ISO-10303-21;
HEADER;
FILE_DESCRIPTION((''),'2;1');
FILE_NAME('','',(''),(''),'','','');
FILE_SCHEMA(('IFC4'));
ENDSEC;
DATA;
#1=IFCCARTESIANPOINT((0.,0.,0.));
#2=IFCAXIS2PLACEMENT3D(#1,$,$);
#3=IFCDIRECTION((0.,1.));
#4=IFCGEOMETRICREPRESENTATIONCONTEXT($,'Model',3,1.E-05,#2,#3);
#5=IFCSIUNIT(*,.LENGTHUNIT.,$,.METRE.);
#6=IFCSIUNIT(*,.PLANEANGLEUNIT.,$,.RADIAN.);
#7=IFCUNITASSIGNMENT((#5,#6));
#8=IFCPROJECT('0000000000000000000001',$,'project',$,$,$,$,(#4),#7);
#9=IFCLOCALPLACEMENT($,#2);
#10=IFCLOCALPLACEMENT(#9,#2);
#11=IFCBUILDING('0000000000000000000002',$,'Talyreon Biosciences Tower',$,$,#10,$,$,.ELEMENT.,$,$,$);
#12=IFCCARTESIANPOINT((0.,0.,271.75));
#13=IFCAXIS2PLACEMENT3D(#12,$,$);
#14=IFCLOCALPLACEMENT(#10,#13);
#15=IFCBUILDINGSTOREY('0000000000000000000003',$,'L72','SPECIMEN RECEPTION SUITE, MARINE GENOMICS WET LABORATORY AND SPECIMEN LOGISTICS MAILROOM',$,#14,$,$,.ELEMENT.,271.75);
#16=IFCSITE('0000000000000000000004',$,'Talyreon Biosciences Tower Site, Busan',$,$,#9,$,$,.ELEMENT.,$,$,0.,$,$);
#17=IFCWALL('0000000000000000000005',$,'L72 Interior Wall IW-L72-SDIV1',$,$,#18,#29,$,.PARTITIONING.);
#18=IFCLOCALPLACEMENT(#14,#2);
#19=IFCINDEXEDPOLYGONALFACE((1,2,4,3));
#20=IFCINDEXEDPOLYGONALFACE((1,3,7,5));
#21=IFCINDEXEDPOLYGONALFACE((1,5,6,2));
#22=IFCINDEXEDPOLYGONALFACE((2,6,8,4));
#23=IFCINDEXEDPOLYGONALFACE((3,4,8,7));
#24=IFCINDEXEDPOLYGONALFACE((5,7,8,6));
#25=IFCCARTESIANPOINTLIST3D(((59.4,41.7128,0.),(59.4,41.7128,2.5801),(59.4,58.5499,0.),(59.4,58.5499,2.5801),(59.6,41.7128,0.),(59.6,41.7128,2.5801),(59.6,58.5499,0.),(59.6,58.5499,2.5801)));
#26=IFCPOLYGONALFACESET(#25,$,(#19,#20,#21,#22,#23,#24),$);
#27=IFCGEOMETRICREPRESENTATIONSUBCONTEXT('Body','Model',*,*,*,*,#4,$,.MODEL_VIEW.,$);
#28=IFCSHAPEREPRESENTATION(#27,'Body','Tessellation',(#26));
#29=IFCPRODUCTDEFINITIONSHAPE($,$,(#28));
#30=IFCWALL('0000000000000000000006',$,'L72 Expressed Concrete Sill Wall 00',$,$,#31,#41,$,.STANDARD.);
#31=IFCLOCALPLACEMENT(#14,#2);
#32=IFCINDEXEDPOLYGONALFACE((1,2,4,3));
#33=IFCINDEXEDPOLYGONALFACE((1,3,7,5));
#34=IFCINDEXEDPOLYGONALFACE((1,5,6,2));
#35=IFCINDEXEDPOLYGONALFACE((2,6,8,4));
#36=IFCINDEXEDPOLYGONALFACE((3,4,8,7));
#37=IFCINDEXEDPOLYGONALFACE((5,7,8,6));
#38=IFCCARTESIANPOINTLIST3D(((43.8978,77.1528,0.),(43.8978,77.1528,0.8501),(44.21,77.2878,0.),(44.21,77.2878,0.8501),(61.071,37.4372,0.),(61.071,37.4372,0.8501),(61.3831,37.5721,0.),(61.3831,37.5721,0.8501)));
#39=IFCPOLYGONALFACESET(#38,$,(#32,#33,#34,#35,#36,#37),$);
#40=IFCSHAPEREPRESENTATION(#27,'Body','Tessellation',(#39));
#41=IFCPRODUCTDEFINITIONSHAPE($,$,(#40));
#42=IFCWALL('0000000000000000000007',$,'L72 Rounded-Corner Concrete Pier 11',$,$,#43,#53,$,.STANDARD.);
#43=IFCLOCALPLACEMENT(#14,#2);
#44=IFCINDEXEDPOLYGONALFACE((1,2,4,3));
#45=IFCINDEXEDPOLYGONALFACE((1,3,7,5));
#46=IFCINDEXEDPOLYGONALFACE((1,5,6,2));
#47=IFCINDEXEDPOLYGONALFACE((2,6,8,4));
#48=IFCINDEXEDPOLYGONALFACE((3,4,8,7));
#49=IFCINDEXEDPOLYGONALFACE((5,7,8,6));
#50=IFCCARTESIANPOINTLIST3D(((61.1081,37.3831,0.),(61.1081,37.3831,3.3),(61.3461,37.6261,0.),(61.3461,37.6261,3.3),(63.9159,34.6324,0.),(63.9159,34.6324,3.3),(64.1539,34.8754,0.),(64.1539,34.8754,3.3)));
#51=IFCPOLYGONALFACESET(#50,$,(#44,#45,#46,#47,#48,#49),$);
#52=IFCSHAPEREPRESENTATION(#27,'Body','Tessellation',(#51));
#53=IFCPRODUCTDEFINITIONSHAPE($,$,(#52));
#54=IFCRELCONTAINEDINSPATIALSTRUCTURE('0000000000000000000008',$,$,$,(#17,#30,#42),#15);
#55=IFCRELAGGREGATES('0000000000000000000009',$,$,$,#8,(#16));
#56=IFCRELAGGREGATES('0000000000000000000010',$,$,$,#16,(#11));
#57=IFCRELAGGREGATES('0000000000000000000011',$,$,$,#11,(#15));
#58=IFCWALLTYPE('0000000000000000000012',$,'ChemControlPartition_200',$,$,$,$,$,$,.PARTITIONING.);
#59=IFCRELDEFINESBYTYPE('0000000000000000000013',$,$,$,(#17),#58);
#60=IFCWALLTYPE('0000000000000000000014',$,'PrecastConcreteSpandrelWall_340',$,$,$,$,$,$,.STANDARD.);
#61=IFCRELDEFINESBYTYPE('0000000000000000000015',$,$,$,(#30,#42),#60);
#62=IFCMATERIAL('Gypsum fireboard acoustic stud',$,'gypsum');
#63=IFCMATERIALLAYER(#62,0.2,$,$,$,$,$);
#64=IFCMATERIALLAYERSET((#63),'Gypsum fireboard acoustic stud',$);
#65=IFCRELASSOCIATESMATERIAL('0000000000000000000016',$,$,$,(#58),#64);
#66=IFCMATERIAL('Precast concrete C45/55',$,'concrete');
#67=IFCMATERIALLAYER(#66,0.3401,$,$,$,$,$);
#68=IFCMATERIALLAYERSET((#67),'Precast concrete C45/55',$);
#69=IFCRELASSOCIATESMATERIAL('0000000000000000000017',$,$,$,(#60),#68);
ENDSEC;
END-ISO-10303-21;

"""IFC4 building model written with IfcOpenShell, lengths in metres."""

from ifc_helpers import new_model, si_unit, direction, frame, frame_2d, origin, place, context, subcontext, project, spatial, rectangle, extrude, material, layer, layer_set, type_object, element, save


model = new_model("IFC4")

# Units and contexts
model_context = context("Model", 3, precision=1e-05, world=origin(), true_north=direction((0.0, 1.0)))
body_context = subcontext(model_context, "Body", "Model", "MODEL_VIEW")
ifc_project = project(units=[si_unit("LENGTHUNIT", "METRE"), si_unit("PLANEANGLEUNIT", "RADIAN")], contexts=[model_context])

# Site, building, storey
site_placement = place(None, origin())
site = spatial("IfcSite", under=ifc_project, at=site_placement, Name="Talyreon Biosciences Tower Site, Busan", CompositionType="ELEMENT", RefElevation=0.0)
building_placement = place(site_placement, origin())
building = spatial("IfcBuilding", under=site, at=building_placement, Name="Talyreon Biosciences Tower", CompositionType="ELEMENT")
storey_placement = place(building_placement, frame((0.0, 0.0, 271.75)))
storey = spatial("IfcBuildingStorey", under=building, at=storey_placement, Name="L72", Description="SPECIMEN RECEPTION SUITE, MARINE GENOMICS WET LABORATORY AND SPECIMEN LOGISTICS MAILROOM", CompositionType="ELEMENT", Elevation=271.75)

# Shared definitions
ifc_material_1 = material(Name="Precast concrete C45/55", Category="concrete")

# Walls
ifc_material_2 = material(Name="Gypsum fireboard acoustic stud", Category="gypsum")
ifc_layer_1 = layer(ifc_material_2, 0.2)
ifc_layer_set_1 = layer_set([ifc_layer_1], Name="Gypsum fireboard acoustic stud")
wall_type_1 = type_object("IfcWallType", Name="ChemControlPartition_200", PredefinedType="PARTITIONING", material=ifc_layer_set_1)
wall_1_placement = place(storey_placement, frame((59.5, 41.7129, 0.0), z_axis=(0.0, 0.0, 1.0), x_axis=(0.0, 1.0, 0.0)))
element("IfcWall", 1, at=wall_1_placement, inside=storey, type_object=wall_type_1, Name="L72 Interior Wall IW-L72-SDIV1", PredefinedType="PARTITIONING", context=body_context, shape_type="SweptSolid", body=[
    extrude(rectangle(XDim=16.8372, YDim=0.2, at=frame_2d((8.4185, 0.0))), origin(), (0.0, 0.0, 1.0), 2.5801),
])
ifc_layer_2 = layer(ifc_material_1, 0.3401)
ifc_layer_set_2 = layer_set([ifc_layer_2], Name="Precast concrete C45/55")
wall_type_2 = type_object("IfcWallType", Name="PrecastConcreteSpandrelWall_340", PredefinedType="STANDARD", material=ifc_layer_set_2)
wall_2_placement = place(storey_placement, frame((61.2271, 37.5046, 0.0), z_axis=(0.0, 0.0, 1.0), x_axis=(-0.396888, 0.917867, 0.0)))
element("IfcWall", 2, at=wall_2_placement, inside=storey, type_object=wall_type_2, Name="L72 Expressed Concrete Sill Wall 00", PredefinedType="STANDARD", context=body_context, shape_type="SweptSolid", body=[
    extrude(rectangle(XDim=43.2695, YDim=0.3401, at=frame_2d((21.6348, 0.0))), origin(), (0.0, 0.0, 1.0), 0.8501),
])
wall_3_placement = place(storey_placement, frame((64.0349, 34.7539, 0.0), z_axis=(0.0, 0.0, 1.0), x_axis=(-0.714336, 0.699802, 0.0)))
element("IfcWall", 3, at=wall_3_placement, inside=storey, type_object=wall_type_2, Name="L72 Rounded-Corner Concrete Pier 11", PredefinedType="STANDARD", context=body_context, shape_type="SweptSolid", body=[
    extrude(rectangle(XDim=3.9307, YDim=0.3401, at=frame_2d((1.9653, 0.0))), origin(), (0.0, 0.0, 1.0), 3.3),
])

save(model, "model.ifc")
